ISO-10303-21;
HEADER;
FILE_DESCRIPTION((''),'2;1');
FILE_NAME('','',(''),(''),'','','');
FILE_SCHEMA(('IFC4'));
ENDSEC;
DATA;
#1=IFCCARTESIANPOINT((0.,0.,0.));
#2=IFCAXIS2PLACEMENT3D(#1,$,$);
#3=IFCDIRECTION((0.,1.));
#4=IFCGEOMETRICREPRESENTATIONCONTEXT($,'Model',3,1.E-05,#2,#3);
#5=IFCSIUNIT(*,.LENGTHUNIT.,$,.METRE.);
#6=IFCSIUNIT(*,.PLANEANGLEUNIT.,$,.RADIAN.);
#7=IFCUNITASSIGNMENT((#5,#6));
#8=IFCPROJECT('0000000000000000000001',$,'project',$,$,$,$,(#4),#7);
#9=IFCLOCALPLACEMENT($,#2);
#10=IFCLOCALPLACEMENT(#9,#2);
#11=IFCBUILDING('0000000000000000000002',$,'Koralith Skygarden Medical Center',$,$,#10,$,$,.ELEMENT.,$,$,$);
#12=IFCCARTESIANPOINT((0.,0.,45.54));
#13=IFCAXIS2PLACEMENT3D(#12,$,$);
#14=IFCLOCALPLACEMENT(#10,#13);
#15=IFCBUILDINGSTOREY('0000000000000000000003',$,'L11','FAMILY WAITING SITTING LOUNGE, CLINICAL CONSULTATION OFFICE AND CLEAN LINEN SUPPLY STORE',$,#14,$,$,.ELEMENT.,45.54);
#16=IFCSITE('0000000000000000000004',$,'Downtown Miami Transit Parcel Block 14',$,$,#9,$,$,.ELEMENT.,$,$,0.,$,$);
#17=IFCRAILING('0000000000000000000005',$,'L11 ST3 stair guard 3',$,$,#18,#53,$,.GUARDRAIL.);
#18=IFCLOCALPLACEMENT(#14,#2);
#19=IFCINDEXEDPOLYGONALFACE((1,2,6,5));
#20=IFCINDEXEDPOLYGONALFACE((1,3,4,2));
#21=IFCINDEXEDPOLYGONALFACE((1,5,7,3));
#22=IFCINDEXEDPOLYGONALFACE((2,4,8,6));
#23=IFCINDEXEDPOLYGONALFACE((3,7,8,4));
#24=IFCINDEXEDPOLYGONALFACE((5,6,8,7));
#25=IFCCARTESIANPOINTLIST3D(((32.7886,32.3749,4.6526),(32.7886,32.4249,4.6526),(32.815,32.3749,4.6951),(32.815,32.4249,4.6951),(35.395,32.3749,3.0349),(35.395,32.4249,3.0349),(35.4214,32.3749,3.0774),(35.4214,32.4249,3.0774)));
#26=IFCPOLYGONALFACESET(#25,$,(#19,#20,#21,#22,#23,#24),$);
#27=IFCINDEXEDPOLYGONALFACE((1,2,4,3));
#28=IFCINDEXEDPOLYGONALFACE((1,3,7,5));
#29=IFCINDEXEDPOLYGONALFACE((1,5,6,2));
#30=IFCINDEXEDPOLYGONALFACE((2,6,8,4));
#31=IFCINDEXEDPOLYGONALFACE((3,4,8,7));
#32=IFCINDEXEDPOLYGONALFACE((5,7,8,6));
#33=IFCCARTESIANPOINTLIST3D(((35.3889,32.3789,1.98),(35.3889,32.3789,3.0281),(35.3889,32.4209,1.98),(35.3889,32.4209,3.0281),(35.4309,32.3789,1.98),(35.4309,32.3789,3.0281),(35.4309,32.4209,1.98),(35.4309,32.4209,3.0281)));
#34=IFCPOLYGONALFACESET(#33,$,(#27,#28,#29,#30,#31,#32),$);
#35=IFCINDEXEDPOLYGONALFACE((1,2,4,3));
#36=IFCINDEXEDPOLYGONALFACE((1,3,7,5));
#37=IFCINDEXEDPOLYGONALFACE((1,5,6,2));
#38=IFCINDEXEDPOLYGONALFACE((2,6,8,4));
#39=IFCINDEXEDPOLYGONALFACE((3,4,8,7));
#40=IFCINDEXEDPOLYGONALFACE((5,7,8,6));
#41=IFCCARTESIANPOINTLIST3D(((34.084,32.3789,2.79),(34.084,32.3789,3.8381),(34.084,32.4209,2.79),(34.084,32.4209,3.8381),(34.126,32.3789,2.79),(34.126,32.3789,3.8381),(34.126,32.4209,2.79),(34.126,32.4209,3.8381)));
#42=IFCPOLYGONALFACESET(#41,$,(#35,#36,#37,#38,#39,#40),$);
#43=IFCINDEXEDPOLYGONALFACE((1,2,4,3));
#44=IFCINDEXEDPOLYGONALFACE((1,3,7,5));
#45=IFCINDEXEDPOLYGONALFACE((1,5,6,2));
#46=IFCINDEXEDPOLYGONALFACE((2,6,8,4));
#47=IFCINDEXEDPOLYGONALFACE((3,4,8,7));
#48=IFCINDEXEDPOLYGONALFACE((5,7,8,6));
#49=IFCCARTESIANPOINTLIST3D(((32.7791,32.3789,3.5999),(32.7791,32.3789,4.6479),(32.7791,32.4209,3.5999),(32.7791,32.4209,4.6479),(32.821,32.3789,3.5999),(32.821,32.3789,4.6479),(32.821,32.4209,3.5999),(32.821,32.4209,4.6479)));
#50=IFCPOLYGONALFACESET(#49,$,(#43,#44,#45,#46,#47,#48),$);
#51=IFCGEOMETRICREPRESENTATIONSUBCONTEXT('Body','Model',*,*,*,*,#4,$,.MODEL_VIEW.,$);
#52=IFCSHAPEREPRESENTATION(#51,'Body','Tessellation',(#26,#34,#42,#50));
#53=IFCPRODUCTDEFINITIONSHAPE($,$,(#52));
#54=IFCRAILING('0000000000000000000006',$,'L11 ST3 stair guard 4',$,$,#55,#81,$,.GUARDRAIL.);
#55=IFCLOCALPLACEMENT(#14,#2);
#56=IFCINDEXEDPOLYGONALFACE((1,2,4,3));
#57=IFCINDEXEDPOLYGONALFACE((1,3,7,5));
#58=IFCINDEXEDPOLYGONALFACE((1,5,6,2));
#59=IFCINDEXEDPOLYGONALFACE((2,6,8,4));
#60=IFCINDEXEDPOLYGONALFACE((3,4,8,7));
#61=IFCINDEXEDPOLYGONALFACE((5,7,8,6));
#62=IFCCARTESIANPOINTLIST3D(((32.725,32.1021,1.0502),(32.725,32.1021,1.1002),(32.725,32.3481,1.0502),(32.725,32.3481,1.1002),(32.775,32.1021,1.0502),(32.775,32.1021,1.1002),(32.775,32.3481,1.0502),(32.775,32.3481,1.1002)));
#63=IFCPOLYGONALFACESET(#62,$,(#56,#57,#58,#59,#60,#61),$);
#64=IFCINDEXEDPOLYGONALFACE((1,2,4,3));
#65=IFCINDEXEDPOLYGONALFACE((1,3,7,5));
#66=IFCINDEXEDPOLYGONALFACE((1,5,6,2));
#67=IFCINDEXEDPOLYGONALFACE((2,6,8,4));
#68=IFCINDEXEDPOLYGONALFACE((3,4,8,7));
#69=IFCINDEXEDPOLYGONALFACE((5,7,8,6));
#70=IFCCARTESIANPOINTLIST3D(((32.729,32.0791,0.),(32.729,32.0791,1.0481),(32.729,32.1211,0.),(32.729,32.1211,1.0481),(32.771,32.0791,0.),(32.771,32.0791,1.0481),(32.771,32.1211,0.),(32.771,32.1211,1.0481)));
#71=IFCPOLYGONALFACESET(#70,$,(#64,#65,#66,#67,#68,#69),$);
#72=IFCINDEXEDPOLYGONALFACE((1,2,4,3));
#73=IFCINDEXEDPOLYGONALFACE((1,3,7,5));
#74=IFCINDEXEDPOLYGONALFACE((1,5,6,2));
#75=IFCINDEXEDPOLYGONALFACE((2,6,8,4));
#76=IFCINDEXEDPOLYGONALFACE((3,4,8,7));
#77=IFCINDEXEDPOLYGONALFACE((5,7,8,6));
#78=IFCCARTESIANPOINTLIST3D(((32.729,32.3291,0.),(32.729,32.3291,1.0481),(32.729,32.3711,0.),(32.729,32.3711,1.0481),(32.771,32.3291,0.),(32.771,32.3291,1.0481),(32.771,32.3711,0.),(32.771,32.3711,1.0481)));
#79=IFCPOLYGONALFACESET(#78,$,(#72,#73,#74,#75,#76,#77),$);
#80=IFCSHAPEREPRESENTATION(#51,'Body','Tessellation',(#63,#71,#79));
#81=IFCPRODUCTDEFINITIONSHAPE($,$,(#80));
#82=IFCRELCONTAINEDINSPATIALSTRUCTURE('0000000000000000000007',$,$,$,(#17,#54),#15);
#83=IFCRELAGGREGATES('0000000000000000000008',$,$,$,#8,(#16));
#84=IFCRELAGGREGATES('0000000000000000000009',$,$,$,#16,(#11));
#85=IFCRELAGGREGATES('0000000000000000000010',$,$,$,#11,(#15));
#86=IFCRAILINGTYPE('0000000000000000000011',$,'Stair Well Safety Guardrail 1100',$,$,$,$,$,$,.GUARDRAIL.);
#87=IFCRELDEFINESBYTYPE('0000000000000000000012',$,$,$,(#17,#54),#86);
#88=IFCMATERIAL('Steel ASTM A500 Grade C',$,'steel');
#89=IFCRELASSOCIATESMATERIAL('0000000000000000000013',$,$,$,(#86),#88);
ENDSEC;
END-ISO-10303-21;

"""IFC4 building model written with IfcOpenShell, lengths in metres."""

from ifc_helpers import new_model, si_unit, direction, frame, origin, origin_2d, place, context, subcontext, project, spatial, rectangle, extrude, material, type_object, element, save


model = new_model("IFC4")

# Units and contexts
model_context = context("Model", 3, precision=1e-05, world=origin(), true_north=direction((0.0, 1.0)))
body_context = subcontext(model_context, "Body", "Model", "MODEL_VIEW")
ifc_project = project(units=[si_unit("LENGTHUNIT", "METRE"), si_unit("PLANEANGLEUNIT", "RADIAN")], contexts=[model_context])

# Site, building, storey
site_placement = place(None, origin())
site = spatial("IfcSite", under=ifc_project, at=site_placement, Name="Downtown Miami Transit Parcel Block 14", CompositionType="ELEMENT", RefElevation=0.0)
building_placement = place(site_placement, origin())
building = spatial("IfcBuilding", under=site, at=building_placement, Name="Koralith Skygarden Medical Center", CompositionType="ELEMENT")
storey_placement = place(building_placement, frame((0.0, 0.0, 45.54)))
storey = spatial("IfcBuildingStorey", under=building, at=storey_placement, Name="L11", Description="FAMILY WAITING SITTING LOUNGE, CLINICAL CONSULTATION OFFICE AND CLEAN LINEN SUPPLY STORE", CompositionType="ELEMENT", Elevation=45.54)

# Railings
ifc_material_1 = material(Name="Steel ASTM A500 Grade C", Category="steel")
railing_type_1 = type_object("IfcRailingType", Name="Stair Well Safety Guardrail 1100", PredefinedType="GUARDRAIL", material=ifc_material_1)
railing_1_placement = place(storey_placement, frame((35.4099, 32.3999, 1.98)))
element("IfcRailing", 1, at=railing_1_placement, inside=storey, type_object=railing_type_1, Name="L11 ST3 stair guard 3", PredefinedType="GUARDRAIL", context=body_context, shape_type="SweptSolid", body=[
    extrude(rectangle(XDim=0.05, YDim=0.05, at=origin_2d()), frame((-0.0017, 0.0, 1.0762), z_axis=(-0.849646, 0.0, 0.527353), x_axis=(0.0, -1.0, 0.0)), (0.0, 0.0, 1.0), 3.0676),
    extrude(rectangle(XDim=0.042, YDim=0.042, at=origin_2d()), origin(), (0.0, 0.0, 1.0), 1.0481),
    extrude(rectangle(XDim=0.042, YDim=0.042, at=origin_2d()), frame((-1.3049, 0.0, 0.8101)), (0.0, 0.0, 1.0), 1.0481),
    extrude(rectangle(XDim=0.042, YDim=0.042, at=origin_2d()), frame((-2.6099, 0.0, 1.6199)), (0.0, 0.0, 1.0), 1.0481),
])
railing_2_placement = place(storey_placement, frame((32.75, 32.1001, 0.0)))
element("IfcRailing", 2, at=railing_2_placement, inside=storey, type_object=railing_type_1, Name="L11 ST3 stair guard 4", PredefinedType="GUARDRAIL", context=body_context, shape_type="SweptSolid", body=[
    extrude(rectangle(XDim=0.05, YDim=0.05, at=origin_2d()), frame((0.0, 0.002, 1.0752), z_axis=(0.0, 1.0, 0.0), x_axis=(-1.0, 0.0, 0.0)), (0.0, 0.0, 1.0), 0.2461),
    extrude(rectangle(XDim=0.042, YDim=0.042, at=origin_2d()), origin(), (0.0, 0.0, 1.0), 1.0481),
    extrude(rectangle(XDim=0.042, YDim=0.042, at=origin_2d()), frame((0.0, 0.25, 0.0)), (0.0, 0.0, 1.0), 1.0481),
])

save(model, "model.ifc")
